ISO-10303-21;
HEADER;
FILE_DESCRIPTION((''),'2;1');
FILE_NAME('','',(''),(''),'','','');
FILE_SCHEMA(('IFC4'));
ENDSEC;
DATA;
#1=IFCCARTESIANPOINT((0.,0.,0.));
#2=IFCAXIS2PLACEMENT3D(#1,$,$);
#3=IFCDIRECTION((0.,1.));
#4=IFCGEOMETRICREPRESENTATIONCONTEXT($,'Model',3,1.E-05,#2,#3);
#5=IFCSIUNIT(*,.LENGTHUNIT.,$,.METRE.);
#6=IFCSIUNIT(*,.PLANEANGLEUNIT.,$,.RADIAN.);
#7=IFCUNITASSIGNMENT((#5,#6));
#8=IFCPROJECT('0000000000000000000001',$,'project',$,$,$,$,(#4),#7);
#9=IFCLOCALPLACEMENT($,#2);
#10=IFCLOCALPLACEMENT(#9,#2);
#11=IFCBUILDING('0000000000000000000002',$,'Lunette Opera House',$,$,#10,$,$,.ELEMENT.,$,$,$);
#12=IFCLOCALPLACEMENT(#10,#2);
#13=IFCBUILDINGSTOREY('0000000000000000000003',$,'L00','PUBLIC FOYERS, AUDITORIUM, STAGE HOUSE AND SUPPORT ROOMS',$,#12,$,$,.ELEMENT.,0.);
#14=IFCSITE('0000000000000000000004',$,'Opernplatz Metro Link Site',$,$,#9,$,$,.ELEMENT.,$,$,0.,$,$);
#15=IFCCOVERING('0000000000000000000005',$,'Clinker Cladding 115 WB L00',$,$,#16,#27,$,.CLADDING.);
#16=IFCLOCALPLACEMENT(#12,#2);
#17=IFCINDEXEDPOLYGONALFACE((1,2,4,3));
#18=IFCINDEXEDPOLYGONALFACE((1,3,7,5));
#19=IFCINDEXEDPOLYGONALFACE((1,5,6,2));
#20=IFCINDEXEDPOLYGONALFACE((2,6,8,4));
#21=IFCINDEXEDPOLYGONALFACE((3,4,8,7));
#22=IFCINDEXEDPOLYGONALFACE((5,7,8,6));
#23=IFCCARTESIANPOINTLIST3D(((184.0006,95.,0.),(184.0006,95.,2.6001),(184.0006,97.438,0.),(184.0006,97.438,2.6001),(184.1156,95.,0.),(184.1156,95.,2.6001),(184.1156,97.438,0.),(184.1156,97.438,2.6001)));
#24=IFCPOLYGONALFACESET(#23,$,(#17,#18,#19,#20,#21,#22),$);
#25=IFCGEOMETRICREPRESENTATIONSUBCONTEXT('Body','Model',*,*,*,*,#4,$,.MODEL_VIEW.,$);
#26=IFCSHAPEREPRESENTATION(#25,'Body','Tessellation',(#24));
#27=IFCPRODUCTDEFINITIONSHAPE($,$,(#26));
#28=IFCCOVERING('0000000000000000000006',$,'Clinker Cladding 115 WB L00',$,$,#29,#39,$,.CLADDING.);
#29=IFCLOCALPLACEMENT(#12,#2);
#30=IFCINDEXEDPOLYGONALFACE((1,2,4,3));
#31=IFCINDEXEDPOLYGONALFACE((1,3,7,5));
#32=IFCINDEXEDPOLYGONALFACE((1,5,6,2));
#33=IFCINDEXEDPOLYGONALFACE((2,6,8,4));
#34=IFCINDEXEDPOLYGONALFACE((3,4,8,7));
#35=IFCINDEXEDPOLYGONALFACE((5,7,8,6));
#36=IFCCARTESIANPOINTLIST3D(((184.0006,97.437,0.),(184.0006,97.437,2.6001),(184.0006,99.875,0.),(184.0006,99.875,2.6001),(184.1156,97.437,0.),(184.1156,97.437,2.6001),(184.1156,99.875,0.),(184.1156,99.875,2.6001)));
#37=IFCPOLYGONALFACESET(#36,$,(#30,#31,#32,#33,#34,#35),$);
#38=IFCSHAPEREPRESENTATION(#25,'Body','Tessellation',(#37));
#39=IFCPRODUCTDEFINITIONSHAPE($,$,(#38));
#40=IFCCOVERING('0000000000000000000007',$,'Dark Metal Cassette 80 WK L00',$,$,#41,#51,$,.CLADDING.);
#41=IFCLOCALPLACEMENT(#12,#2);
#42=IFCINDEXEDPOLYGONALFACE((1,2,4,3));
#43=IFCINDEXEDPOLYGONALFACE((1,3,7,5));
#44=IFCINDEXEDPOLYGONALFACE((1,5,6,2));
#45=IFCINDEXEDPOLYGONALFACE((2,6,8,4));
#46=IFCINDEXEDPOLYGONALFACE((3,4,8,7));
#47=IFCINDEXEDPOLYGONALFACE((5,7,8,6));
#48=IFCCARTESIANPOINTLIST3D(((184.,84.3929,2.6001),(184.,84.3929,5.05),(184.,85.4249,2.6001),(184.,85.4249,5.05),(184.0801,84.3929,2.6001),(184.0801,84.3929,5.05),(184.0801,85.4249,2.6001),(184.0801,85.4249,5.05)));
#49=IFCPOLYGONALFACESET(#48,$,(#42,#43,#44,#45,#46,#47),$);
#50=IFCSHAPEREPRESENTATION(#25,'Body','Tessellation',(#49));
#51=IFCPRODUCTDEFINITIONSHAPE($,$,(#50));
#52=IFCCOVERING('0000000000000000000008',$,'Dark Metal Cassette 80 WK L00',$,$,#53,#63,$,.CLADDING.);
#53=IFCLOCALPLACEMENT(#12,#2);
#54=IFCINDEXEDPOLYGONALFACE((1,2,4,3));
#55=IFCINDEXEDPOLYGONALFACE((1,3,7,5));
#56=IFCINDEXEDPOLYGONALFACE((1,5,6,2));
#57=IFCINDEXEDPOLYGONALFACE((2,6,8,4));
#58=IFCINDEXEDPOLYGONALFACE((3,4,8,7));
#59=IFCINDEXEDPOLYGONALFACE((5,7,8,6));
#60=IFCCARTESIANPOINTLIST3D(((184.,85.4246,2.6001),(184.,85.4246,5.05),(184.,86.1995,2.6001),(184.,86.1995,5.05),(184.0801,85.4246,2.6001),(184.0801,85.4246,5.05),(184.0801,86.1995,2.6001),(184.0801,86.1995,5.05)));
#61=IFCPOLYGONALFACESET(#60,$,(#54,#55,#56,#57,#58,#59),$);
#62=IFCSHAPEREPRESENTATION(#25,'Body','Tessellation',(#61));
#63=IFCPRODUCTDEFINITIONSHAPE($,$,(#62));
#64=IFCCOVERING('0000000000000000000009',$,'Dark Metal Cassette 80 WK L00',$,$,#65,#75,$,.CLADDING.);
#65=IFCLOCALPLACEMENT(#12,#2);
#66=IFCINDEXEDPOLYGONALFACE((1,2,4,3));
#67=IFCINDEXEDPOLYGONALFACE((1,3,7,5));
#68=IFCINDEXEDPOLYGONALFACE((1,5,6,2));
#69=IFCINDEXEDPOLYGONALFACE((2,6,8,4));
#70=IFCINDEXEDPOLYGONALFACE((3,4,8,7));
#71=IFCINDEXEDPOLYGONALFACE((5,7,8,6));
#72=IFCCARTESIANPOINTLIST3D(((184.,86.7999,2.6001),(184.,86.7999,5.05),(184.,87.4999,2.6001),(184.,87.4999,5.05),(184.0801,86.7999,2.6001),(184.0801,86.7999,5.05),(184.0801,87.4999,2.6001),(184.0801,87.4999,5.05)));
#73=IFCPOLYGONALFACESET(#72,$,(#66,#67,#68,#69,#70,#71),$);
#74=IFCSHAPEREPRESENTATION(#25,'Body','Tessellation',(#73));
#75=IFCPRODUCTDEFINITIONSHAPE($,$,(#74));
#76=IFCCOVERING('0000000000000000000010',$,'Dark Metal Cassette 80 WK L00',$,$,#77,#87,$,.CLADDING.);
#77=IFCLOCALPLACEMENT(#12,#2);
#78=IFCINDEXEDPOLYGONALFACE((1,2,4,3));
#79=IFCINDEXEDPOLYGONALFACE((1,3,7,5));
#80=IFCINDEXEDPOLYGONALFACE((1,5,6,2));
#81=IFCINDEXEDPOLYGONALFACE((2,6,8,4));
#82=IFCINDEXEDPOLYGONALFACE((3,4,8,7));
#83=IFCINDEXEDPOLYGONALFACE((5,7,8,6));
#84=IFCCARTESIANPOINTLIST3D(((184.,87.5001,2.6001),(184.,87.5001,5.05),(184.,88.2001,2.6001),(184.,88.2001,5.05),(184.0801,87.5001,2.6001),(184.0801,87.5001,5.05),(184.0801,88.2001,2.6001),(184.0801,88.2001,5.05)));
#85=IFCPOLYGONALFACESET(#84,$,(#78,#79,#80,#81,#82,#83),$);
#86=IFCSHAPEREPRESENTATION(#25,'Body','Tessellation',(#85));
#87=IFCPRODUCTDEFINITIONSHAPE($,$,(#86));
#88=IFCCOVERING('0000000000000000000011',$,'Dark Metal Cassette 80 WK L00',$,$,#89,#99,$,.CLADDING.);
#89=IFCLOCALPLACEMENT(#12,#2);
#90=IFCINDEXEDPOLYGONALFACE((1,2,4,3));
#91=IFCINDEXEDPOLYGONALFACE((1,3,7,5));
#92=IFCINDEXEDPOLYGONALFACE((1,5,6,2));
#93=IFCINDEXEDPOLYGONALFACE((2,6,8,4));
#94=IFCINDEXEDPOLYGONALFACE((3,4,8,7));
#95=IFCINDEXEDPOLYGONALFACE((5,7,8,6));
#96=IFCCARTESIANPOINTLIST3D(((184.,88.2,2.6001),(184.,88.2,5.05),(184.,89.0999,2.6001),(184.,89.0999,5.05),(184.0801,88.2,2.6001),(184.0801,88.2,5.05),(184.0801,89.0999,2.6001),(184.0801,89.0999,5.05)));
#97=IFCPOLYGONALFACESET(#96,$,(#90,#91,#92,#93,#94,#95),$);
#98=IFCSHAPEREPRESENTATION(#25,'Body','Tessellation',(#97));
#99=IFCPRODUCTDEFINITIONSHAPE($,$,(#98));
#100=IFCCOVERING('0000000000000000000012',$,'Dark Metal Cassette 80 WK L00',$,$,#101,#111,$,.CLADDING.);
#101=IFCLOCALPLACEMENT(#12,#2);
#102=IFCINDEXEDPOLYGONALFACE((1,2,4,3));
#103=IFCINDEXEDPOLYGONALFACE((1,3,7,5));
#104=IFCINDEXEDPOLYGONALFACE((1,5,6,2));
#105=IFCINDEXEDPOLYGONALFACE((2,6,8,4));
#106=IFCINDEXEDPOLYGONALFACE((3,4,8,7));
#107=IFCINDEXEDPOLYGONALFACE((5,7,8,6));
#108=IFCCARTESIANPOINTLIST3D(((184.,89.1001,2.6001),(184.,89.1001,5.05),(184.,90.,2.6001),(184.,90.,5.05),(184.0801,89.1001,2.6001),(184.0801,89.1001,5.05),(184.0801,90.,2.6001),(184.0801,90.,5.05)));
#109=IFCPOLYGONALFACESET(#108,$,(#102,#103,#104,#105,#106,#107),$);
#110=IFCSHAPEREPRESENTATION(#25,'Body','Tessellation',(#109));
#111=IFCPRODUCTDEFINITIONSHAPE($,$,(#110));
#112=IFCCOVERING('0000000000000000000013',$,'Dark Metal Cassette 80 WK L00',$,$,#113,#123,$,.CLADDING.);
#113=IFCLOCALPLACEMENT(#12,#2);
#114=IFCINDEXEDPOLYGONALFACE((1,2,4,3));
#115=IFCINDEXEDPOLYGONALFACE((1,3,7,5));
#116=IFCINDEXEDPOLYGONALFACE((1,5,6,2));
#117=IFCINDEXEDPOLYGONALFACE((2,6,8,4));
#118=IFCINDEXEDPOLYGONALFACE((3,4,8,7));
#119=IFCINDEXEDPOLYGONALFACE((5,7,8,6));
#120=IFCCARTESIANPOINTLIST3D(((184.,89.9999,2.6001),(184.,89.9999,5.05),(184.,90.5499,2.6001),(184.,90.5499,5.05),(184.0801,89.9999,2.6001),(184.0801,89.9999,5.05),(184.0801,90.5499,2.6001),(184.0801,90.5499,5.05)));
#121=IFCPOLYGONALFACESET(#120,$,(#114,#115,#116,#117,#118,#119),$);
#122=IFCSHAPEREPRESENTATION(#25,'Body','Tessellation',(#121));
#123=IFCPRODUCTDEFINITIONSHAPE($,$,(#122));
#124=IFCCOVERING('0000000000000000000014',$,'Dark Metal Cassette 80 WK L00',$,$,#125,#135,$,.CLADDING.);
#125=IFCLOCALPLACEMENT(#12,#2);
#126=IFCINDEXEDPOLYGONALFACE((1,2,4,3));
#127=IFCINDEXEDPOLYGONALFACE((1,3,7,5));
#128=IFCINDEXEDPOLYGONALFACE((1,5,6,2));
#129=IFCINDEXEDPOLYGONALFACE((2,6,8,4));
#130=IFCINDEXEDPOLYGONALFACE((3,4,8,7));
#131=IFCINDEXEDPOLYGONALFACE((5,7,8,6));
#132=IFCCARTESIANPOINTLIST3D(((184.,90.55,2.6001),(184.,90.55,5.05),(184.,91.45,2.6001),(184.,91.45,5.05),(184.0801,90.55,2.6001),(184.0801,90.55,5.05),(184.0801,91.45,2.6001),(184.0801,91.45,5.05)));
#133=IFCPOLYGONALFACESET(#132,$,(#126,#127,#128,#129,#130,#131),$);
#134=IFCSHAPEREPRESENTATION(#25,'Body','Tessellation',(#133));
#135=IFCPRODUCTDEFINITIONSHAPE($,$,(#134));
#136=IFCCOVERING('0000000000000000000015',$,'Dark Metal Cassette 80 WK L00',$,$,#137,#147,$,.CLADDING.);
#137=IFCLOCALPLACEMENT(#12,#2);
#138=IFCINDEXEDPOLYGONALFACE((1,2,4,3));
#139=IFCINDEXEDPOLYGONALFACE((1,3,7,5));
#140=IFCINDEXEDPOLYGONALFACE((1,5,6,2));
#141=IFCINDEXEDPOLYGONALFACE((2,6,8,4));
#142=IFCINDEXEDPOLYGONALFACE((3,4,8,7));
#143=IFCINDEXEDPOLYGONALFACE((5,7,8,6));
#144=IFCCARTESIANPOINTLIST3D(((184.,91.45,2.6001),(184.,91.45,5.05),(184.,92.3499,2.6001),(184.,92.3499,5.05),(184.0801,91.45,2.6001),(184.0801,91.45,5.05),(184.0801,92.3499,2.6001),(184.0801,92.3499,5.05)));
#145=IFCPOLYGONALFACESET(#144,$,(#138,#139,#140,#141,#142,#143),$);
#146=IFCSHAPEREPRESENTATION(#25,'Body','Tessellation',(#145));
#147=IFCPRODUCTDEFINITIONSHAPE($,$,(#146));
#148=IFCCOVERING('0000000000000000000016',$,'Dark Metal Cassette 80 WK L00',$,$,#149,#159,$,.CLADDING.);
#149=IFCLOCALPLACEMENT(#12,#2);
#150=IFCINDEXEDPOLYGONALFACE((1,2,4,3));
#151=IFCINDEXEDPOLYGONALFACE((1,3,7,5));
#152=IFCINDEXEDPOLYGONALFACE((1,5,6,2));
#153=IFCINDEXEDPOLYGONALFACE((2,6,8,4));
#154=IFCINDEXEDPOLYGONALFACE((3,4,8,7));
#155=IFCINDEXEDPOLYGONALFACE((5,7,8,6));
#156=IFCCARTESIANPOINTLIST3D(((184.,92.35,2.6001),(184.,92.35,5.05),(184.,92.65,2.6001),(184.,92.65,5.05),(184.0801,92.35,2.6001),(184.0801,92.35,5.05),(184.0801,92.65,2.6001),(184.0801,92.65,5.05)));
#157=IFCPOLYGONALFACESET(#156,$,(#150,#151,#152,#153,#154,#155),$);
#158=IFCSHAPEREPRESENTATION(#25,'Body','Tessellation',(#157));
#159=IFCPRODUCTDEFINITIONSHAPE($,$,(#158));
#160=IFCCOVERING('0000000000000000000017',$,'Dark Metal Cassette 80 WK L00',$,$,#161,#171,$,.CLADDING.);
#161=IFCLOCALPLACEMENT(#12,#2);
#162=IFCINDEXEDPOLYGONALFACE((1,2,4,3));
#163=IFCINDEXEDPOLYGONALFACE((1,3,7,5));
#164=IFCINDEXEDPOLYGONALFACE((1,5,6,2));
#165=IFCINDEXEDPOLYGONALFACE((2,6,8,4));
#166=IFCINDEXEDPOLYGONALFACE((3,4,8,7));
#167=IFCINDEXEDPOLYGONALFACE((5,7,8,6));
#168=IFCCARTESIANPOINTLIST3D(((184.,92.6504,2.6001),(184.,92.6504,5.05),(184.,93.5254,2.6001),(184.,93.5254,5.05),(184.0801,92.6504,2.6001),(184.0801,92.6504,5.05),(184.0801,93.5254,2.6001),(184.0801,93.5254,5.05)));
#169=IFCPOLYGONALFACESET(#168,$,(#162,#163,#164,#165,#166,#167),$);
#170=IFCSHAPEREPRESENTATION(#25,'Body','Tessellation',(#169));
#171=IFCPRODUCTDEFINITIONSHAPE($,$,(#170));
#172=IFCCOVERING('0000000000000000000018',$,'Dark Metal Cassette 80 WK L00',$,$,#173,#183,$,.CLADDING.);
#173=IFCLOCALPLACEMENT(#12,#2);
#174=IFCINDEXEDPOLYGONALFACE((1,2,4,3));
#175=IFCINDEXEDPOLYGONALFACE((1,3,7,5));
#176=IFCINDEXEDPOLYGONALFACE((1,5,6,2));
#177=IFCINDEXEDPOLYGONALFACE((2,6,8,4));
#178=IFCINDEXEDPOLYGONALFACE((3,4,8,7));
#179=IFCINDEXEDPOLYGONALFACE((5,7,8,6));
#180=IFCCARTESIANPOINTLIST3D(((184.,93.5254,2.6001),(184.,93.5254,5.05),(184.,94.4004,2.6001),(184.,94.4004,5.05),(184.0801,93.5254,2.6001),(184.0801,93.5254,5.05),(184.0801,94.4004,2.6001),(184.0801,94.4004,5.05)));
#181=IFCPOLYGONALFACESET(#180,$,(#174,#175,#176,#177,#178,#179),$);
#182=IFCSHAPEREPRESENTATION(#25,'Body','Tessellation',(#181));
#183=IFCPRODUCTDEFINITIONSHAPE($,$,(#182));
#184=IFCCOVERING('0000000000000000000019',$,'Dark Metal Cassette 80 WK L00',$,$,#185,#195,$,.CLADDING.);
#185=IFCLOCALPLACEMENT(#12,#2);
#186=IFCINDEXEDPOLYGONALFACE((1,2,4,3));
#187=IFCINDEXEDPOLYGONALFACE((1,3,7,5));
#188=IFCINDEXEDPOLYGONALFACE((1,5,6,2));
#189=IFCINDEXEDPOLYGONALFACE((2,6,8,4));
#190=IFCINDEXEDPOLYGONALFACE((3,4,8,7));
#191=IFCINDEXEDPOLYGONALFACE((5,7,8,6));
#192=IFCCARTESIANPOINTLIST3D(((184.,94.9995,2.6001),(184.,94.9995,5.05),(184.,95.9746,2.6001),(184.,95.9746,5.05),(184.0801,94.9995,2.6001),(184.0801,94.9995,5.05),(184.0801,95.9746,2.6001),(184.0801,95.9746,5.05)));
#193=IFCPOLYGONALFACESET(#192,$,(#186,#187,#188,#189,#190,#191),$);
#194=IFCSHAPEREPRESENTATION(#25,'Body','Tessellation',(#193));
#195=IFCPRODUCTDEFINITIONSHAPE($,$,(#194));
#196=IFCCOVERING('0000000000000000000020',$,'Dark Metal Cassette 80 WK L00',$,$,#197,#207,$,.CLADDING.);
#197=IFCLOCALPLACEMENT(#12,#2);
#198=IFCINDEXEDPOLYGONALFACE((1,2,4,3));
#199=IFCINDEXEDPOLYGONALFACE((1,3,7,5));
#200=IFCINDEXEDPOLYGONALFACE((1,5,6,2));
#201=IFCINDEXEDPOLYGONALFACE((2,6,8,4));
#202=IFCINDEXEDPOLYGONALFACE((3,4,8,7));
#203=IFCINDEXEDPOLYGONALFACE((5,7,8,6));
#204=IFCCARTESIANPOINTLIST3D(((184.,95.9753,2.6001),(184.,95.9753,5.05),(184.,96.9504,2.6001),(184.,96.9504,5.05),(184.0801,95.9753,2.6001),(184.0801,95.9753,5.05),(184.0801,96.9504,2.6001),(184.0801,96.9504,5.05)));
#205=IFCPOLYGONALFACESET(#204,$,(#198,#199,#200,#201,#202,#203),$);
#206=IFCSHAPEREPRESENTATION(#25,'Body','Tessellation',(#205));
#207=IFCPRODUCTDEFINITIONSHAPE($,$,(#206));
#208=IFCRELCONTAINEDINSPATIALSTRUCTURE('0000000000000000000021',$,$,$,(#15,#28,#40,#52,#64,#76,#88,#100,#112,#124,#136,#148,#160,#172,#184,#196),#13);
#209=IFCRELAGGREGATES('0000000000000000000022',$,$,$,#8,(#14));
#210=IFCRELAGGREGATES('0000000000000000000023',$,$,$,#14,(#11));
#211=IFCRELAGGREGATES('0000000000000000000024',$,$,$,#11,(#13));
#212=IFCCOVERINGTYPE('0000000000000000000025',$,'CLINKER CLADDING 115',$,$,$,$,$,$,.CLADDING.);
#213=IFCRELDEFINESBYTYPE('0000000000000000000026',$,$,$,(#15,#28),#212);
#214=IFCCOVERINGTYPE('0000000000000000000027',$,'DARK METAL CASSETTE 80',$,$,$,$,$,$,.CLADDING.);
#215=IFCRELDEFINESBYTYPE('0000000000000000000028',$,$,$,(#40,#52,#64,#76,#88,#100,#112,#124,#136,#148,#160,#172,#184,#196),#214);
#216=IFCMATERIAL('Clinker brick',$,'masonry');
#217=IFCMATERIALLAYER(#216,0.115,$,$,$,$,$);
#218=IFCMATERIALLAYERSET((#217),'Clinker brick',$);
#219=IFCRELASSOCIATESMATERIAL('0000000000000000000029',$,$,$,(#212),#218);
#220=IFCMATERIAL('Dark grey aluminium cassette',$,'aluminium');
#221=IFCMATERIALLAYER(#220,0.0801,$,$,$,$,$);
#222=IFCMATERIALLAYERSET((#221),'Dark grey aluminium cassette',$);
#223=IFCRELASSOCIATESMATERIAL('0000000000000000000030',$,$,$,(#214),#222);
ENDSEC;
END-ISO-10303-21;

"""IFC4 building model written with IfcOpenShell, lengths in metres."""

from ifc_helpers import new_model, si_unit, direction, frame, origin, origin_2d, place, context, subcontext, project, spatial, rectangle, extrude, material, layer, layer_set, type_object, element, save


model = new_model("IFC4")

# Units and contexts
model_context = context("Model", 3, precision=1e-05, world=origin(), true_north=direction((0.0, 1.0)))
body_context = subcontext(model_context, "Body", "Model", "MODEL_VIEW")
ifc_project = project(units=[si_unit("LENGTHUNIT", "METRE"), si_unit("PLANEANGLEUNIT", "RADIAN")], contexts=[model_context])

# Site, building, storey
site_placement = place(None, origin())
site = spatial("IfcSite", under=ifc_project, at=site_placement, Name="Opernplatz Metro Link Site", CompositionType="ELEMENT", RefElevation=0.0)
building_placement = place(site_placement, origin())
building = spatial("IfcBuilding", under=site, at=building_placement, Name="Lunette Opera House", CompositionType="ELEMENT")
storey_placement = place(building_placement, origin())
storey = spatial("IfcBuildingStorey", under=building, at=storey_placement, Name="L00", Description="PUBLIC FOYERS, AUDITORIUM, STAGE HOUSE AND SUPPORT ROOMS", CompositionType="ELEMENT", Elevation=0.0)

# Coverings
ifc_material_1 = material(Name="Clinker brick", Category="masonry")
ifc_layer_1 = layer(ifc_material_1, 0.115)
ifc_layer_set_1 = layer_set([ifc_layer_1], Name="Clinker brick")
covering_type_1 = type_object("IfcCoveringType", Name="CLINKER CLADDING 115", PredefinedType="CLADDING", material=ifc_layer_set_1)
for number, where, z_axis, x_axis, name in (
    (1, (184.0581, 96.219, 0.0), (0.0, 0.0, 1.0), (0.0, 1.0, 0.0), "Clinker Cladding 115 WB L00"),
    (2, (184.0581, 98.656, 0.0), (0.0, 0.0, 1.0), (0.0, 1.0, 0.0), "Clinker Cladding 115 WB L00"),
):
    element("IfcCovering", number, at=place(storey_placement, frame(where, z_axis=z_axis, x_axis=x_axis)), inside=storey, type_object=covering_type_1, Name=name, PredefinedType="CLADDING", context=body_context, shape_type="SweptSolid", body=[
        extrude(rectangle(XDim=2.438, YDim=0.115, at=origin_2d()), origin(), (0.0, 0.0, 1.0), 2.6001),
    ])
ifc_material_2 = material(Name="Dark grey aluminium cassette", Category="aluminium")
ifc_layer_2 = layer(ifc_material_2, 0.0801)
ifc_layer_set_2 = layer_set([ifc_layer_2], Name="Dark grey aluminium cassette")
covering_type_2 = type_object("IfcCoveringType", Name="DARK METAL CASSETTE 80", PredefinedType="CLADDING", material=ifc_layer_set_2)
covering_1_placement = place(storey_placement, frame((184.04, 84.9089, 2.6001), z_axis=(0.0, 0.0, 1.0), x_axis=(0.0, 1.0, 0.0)))
element("IfcCovering", 3, at=covering_1_placement, inside=storey, type_object=covering_type_2, Name="Dark Metal Cassette 80 WK L00", PredefinedType="CLADDING", context=body_context, shape_type="SweptSolid", body=[
    extrude(rectangle(XDim=1.032, YDim=0.0801, at=origin_2d()), origin(), (0.0, 0.0, 1.0), 2.45),
])
covering_2_placement = place(storey_placement, frame((184.04, 85.812, 2.6001), z_axis=(0.0, 0.0, 1.0), x_axis=(0.0, 1.0, 0.0)))
element("IfcCovering", 4, at=covering_2_placement, inside=storey, type_object=covering_type_2, Name="Dark Metal Cassette 80 WK L00", PredefinedType="CLADDING", context=body_context, shape_type="SweptSolid", body=[
    extrude(rectangle(XDim=0.7749, YDim=0.0801, at=origin_2d()), origin(), (0.0, 0.0, 1.0), 2.45),
])
for number, where, z_axis, x_axis, name in (
    (5, (184.04, 87.1499, 2.6001), (0.0, 0.0, 1.0), (0.0, 1.0, 0.0), "Dark Metal Cassette 80 WK L00"),
    (6, (184.04, 87.8501, 2.6001), (0.0, 0.0, 1.0), (0.0, 1.0, 0.0), "Dark Metal Cassette 80 WK L00"),
):
    element("IfcCovering", number, at=place(storey_placement, frame(where, z_axis=z_axis, x_axis=x_axis)), inside=storey, type_object=covering_type_2, Name=name, PredefinedType="CLADDING", context=body_context, shape_type="SweptSolid", body=[
        extrude(rectangle(XDim=0.7, YDim=0.0801, at=origin_2d()), origin(), (0.0, 0.0, 1.0), 2.45),
    ])
for number, where, z_axis, x_axis, name in (
    (7, (184.04, 88.6499, 2.6001), (0.0, 0.0, 1.0), (0.0, 1.0, 0.0), "Dark Metal Cassette 80 WK L00"),
    (8, (184.04, 89.55, 2.6001), (0.0, 0.0, 1.0), (0.0, 1.0, 0.0), "Dark Metal Cassette 80 WK L00"),
):
    element("IfcCovering", number, at=place(storey_placement, frame(where, z_axis=z_axis, x_axis=x_axis)), inside=storey, type_object=covering_type_2, Name=name, PredefinedType="CLADDING", context=body_context, shape_type="SweptSolid", body=[
        extrude(rectangle(XDim=0.8999, YDim=0.0801, at=origin_2d()), origin(), (0.0, 0.0, 1.0), 2.45),
    ])
covering_3_placement = place(storey_placement, frame((184.04, 90.2749, 2.6001), z_axis=(0.0, 0.0, 1.0), x_axis=(0.0, 1.0, 0.0)))
element("IfcCovering", 9, at=covering_3_placement, inside=storey, type_object=covering_type_2, Name="Dark Metal Cassette 80 WK L00", PredefinedType="CLADDING", context=body_context, shape_type="SweptSolid", body=[
    extrude(rectangle(XDim=0.55, YDim=0.0801, at=origin_2d()), origin(), (0.0, 0.0, 1.0), 2.45),
])
for number, where, z_axis, x_axis, name in (
    (10, (184.04, 91.0, 2.6001), (0.0, 0.0, 1.0), (0.0, 1.0, 0.0), "Dark Metal Cassette 80 WK L00"),
    (11, (184.04, 91.8999, 2.6001), (0.0, 0.0, 1.0), (0.0, 1.0, 0.0), "Dark Metal Cassette 80 WK L00"),
):
    element("IfcCovering", number, at=place(storey_placement, frame(where, z_axis=z_axis, x_axis=x_axis)), inside=storey, type_object=covering_type_2, Name=name, PredefinedType="CLADDING", context=body_context, shape_type="SweptSolid", body=[
        extrude(rectangle(XDim=0.8999, YDim=0.0801, at=origin_2d()), origin(), (0.0, 0.0, 1.0), 2.45),
    ])
covering_4_placement = place(storey_placement, frame((184.04, 92.5, 2.6001), z_axis=(0.0, 0.0, 1.0), x_axis=(0.0, 1.0, 0.0)))
element("IfcCovering", 12, at=covering_4_placement, inside=storey, type_object=covering_type_2, Name="Dark Metal Cassette 80 WK L00", PredefinedType="CLADDING", context=body_context, shape_type="SweptSolid", body=[
    extrude(rectangle(XDim=0.3, YDim=0.0801, at=origin_2d()), origin(), (0.0, 0.0, 1.0), 2.45),
])
for number, where, z_axis, x_axis, name in (
    (13, (184.04, 93.0879, 2.6001), (0.0, 0.0, 1.0), (0.0, 1.0, 0.0), "Dark Metal Cassette 80 WK L00"),
    (14, (184.04, 93.9629, 2.6001), (0.0, 0.0, 1.0), (0.0, 1.0, 0.0), "Dark Metal Cassette 80 WK L00"),
):
    element("IfcCovering", number, at=place(storey_placement, frame(where, z_axis=z_axis, x_axis=x_axis)), inside=storey, type_object=covering_type_2, Name=name, PredefinedType="CLADDING", context=body_context, shape_type="SweptSolid", body=[
        extrude(rectangle(XDim=0.875, YDim=0.0801, at=origin_2d()), origin(), (0.0, 0.0, 1.0), 2.45),
    ])
for number, where, z_axis, x_axis, name in (
    (15, (184.04, 95.4871, 2.6001), (0.0, 0.0, 1.0), (0.0, 1.0, 0.0), "Dark Metal Cassette 80 WK L00"),
    (16, (184.04, 96.4629, 2.6001), (0.0, 0.0, 1.0), (0.0, 1.0, 0.0), "Dark Metal Cassette 80 WK L00"),
):
    element("IfcCovering", number, at=place(storey_placement, frame(where, z_axis=z_axis, x_axis=x_axis)), inside=storey, type_object=covering_type_2, Name=name, PredefinedType="CLADDING", context=body_context, shape_type="SweptSolid", body=[
        extrude(rectangle(XDim=0.9751, YDim=0.0801, at=origin_2d()), origin(), (0.0, 0.0, 1.0), 2.45),
    ])

save(model, "model.ifc")
